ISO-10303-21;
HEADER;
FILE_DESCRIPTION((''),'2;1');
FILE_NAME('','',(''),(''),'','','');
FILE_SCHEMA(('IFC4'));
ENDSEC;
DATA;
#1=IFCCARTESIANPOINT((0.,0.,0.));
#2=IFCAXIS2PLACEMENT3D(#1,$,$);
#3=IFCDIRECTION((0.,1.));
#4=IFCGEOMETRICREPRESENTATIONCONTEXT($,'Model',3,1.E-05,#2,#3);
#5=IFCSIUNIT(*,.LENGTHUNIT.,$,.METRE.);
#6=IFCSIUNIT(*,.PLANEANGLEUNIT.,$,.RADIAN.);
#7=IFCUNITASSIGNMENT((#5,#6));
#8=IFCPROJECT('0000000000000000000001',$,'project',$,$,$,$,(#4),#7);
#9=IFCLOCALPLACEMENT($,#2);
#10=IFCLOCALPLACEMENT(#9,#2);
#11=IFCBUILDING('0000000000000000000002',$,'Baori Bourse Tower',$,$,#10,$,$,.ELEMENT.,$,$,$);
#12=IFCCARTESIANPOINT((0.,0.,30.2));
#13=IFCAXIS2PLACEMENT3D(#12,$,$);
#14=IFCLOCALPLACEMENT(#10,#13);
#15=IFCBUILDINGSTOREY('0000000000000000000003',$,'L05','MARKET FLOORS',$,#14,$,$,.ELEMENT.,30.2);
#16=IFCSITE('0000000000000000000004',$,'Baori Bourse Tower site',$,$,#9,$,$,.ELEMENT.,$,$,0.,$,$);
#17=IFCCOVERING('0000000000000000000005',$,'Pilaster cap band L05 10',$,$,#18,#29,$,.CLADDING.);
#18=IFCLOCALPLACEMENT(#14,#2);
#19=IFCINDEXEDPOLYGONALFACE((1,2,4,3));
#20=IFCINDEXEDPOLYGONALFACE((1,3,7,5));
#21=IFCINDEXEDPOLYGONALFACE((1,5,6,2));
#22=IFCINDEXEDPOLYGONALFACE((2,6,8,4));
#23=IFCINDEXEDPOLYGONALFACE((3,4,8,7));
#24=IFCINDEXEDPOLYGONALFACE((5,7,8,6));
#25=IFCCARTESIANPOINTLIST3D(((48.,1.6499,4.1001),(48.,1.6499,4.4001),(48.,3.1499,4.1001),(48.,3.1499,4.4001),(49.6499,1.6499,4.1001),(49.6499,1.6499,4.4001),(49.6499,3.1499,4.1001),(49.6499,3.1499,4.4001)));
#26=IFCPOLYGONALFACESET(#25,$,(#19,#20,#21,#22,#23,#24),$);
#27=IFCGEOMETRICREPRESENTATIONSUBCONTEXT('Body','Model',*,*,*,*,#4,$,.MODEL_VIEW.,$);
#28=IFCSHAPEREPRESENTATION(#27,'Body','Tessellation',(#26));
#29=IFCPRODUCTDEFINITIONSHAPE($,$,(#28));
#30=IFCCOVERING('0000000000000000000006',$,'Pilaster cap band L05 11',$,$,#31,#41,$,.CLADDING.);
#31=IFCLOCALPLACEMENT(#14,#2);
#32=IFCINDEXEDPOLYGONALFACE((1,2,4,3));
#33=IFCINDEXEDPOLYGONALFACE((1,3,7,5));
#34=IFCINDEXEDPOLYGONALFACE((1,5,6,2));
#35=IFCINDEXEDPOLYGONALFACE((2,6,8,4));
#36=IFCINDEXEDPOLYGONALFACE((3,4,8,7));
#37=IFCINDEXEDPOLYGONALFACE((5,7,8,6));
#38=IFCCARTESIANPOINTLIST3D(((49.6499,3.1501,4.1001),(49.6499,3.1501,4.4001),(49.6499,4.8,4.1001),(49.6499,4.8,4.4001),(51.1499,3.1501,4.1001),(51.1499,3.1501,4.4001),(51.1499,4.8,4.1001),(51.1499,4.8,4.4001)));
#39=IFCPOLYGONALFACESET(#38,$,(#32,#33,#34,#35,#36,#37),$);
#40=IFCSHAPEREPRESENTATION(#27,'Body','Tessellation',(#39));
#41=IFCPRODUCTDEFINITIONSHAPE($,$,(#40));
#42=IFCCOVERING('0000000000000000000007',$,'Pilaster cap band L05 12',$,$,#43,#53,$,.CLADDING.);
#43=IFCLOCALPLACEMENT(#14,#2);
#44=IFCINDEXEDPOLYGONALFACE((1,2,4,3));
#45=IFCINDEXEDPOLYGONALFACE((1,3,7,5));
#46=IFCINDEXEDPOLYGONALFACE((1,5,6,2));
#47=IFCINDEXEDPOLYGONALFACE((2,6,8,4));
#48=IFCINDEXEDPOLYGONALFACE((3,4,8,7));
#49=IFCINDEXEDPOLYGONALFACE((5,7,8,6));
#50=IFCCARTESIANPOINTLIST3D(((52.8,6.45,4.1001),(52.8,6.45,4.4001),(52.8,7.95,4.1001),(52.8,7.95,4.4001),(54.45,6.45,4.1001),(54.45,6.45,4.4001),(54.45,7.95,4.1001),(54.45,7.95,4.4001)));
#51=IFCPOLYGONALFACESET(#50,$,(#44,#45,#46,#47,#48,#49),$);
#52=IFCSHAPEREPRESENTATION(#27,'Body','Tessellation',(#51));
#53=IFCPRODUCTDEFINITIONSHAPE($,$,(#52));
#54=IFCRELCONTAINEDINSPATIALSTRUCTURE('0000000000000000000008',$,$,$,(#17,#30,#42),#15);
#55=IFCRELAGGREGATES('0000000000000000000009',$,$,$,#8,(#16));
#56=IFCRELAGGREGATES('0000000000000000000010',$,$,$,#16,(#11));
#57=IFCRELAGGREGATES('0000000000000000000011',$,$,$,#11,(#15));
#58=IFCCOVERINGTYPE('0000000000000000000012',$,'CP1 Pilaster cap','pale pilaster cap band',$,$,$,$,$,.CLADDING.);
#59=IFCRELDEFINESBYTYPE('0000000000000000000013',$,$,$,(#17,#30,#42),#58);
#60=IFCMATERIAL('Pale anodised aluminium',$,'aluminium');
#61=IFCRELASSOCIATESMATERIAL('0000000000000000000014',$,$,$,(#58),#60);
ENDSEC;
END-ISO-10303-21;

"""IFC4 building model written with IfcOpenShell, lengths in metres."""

from ifc_helpers import new_model, si_unit, direction, frame, origin, origin_2d, place, context, subcontext, project, spatial, rectangle, extrude, material, type_object, element, save


model = new_model("IFC4")

# Units and contexts
model_context = context("Model", 3, precision=1e-05, world=origin(), true_north=direction((0.0, 1.0)))
body_context = subcontext(model_context, "Body", "Model", "MODEL_VIEW")
ifc_project = project(units=[si_unit("LENGTHUNIT", "METRE"), si_unit("PLANEANGLEUNIT", "RADIAN")], contexts=[model_context])

# Site, building, storey
site_placement = place(None, origin())
site = spatial("IfcSite", under=ifc_project, at=site_placement, Name="Baori Bourse Tower site", CompositionType="ELEMENT", RefElevation=0.0)
building_placement = place(site_placement, origin())
building = spatial("IfcBuilding", under=site, at=building_placement, Name="Baori Bourse Tower", CompositionType="ELEMENT")
storey_placement = place(building_placement, frame((0.0, 0.0, 30.2)))
storey = spatial("IfcBuildingStorey", under=building, at=storey_placement, Name="L05", Description="MARKET FLOORS", CompositionType="ELEMENT", Elevation=30.2)

# Coverings
ifc_material_1 = material(Name="Pale anodised aluminium", Category="aluminium")
covering_type = type_object("IfcCoveringType", Name="CP1 Pilaster cap", Description="pale pilaster cap band", PredefinedType="CLADDING", material=ifc_material_1)
for number, where, z_axis, x_axis, name in (
    (1, (48.825, 2.3999, 4.1001), (0.0, 0.0, 1.0), (0.0, 1.0, 0.0), "Pilaster cap band L05 10"),
    (2, (50.3999, 3.9751, 4.1001), (0.0, 0.0, 1.0), (1.0, 0.0, 0.0), "Pilaster cap band L05 11"),
    (3, (53.625, 7.2, 4.1001), (0.0, 0.0, 1.0), (0.0, 1.0, 0.0), "Pilaster cap band L05 12"),
):
    element("IfcCovering", number, at=place(storey_placement, frame(where, z_axis=z_axis, x_axis=x_axis)), inside=storey, type_object=covering_type, Name=name, PredefinedType="CLADDING", context=body_context, shape_type="SweptSolid", body=[
        extrude(rectangle(XDim=1.5, YDim=1.6499, at=origin_2d()), origin(), (0.0, 0.0, 1.0), 0.3),
    ])

save(model, "model.ifc")
